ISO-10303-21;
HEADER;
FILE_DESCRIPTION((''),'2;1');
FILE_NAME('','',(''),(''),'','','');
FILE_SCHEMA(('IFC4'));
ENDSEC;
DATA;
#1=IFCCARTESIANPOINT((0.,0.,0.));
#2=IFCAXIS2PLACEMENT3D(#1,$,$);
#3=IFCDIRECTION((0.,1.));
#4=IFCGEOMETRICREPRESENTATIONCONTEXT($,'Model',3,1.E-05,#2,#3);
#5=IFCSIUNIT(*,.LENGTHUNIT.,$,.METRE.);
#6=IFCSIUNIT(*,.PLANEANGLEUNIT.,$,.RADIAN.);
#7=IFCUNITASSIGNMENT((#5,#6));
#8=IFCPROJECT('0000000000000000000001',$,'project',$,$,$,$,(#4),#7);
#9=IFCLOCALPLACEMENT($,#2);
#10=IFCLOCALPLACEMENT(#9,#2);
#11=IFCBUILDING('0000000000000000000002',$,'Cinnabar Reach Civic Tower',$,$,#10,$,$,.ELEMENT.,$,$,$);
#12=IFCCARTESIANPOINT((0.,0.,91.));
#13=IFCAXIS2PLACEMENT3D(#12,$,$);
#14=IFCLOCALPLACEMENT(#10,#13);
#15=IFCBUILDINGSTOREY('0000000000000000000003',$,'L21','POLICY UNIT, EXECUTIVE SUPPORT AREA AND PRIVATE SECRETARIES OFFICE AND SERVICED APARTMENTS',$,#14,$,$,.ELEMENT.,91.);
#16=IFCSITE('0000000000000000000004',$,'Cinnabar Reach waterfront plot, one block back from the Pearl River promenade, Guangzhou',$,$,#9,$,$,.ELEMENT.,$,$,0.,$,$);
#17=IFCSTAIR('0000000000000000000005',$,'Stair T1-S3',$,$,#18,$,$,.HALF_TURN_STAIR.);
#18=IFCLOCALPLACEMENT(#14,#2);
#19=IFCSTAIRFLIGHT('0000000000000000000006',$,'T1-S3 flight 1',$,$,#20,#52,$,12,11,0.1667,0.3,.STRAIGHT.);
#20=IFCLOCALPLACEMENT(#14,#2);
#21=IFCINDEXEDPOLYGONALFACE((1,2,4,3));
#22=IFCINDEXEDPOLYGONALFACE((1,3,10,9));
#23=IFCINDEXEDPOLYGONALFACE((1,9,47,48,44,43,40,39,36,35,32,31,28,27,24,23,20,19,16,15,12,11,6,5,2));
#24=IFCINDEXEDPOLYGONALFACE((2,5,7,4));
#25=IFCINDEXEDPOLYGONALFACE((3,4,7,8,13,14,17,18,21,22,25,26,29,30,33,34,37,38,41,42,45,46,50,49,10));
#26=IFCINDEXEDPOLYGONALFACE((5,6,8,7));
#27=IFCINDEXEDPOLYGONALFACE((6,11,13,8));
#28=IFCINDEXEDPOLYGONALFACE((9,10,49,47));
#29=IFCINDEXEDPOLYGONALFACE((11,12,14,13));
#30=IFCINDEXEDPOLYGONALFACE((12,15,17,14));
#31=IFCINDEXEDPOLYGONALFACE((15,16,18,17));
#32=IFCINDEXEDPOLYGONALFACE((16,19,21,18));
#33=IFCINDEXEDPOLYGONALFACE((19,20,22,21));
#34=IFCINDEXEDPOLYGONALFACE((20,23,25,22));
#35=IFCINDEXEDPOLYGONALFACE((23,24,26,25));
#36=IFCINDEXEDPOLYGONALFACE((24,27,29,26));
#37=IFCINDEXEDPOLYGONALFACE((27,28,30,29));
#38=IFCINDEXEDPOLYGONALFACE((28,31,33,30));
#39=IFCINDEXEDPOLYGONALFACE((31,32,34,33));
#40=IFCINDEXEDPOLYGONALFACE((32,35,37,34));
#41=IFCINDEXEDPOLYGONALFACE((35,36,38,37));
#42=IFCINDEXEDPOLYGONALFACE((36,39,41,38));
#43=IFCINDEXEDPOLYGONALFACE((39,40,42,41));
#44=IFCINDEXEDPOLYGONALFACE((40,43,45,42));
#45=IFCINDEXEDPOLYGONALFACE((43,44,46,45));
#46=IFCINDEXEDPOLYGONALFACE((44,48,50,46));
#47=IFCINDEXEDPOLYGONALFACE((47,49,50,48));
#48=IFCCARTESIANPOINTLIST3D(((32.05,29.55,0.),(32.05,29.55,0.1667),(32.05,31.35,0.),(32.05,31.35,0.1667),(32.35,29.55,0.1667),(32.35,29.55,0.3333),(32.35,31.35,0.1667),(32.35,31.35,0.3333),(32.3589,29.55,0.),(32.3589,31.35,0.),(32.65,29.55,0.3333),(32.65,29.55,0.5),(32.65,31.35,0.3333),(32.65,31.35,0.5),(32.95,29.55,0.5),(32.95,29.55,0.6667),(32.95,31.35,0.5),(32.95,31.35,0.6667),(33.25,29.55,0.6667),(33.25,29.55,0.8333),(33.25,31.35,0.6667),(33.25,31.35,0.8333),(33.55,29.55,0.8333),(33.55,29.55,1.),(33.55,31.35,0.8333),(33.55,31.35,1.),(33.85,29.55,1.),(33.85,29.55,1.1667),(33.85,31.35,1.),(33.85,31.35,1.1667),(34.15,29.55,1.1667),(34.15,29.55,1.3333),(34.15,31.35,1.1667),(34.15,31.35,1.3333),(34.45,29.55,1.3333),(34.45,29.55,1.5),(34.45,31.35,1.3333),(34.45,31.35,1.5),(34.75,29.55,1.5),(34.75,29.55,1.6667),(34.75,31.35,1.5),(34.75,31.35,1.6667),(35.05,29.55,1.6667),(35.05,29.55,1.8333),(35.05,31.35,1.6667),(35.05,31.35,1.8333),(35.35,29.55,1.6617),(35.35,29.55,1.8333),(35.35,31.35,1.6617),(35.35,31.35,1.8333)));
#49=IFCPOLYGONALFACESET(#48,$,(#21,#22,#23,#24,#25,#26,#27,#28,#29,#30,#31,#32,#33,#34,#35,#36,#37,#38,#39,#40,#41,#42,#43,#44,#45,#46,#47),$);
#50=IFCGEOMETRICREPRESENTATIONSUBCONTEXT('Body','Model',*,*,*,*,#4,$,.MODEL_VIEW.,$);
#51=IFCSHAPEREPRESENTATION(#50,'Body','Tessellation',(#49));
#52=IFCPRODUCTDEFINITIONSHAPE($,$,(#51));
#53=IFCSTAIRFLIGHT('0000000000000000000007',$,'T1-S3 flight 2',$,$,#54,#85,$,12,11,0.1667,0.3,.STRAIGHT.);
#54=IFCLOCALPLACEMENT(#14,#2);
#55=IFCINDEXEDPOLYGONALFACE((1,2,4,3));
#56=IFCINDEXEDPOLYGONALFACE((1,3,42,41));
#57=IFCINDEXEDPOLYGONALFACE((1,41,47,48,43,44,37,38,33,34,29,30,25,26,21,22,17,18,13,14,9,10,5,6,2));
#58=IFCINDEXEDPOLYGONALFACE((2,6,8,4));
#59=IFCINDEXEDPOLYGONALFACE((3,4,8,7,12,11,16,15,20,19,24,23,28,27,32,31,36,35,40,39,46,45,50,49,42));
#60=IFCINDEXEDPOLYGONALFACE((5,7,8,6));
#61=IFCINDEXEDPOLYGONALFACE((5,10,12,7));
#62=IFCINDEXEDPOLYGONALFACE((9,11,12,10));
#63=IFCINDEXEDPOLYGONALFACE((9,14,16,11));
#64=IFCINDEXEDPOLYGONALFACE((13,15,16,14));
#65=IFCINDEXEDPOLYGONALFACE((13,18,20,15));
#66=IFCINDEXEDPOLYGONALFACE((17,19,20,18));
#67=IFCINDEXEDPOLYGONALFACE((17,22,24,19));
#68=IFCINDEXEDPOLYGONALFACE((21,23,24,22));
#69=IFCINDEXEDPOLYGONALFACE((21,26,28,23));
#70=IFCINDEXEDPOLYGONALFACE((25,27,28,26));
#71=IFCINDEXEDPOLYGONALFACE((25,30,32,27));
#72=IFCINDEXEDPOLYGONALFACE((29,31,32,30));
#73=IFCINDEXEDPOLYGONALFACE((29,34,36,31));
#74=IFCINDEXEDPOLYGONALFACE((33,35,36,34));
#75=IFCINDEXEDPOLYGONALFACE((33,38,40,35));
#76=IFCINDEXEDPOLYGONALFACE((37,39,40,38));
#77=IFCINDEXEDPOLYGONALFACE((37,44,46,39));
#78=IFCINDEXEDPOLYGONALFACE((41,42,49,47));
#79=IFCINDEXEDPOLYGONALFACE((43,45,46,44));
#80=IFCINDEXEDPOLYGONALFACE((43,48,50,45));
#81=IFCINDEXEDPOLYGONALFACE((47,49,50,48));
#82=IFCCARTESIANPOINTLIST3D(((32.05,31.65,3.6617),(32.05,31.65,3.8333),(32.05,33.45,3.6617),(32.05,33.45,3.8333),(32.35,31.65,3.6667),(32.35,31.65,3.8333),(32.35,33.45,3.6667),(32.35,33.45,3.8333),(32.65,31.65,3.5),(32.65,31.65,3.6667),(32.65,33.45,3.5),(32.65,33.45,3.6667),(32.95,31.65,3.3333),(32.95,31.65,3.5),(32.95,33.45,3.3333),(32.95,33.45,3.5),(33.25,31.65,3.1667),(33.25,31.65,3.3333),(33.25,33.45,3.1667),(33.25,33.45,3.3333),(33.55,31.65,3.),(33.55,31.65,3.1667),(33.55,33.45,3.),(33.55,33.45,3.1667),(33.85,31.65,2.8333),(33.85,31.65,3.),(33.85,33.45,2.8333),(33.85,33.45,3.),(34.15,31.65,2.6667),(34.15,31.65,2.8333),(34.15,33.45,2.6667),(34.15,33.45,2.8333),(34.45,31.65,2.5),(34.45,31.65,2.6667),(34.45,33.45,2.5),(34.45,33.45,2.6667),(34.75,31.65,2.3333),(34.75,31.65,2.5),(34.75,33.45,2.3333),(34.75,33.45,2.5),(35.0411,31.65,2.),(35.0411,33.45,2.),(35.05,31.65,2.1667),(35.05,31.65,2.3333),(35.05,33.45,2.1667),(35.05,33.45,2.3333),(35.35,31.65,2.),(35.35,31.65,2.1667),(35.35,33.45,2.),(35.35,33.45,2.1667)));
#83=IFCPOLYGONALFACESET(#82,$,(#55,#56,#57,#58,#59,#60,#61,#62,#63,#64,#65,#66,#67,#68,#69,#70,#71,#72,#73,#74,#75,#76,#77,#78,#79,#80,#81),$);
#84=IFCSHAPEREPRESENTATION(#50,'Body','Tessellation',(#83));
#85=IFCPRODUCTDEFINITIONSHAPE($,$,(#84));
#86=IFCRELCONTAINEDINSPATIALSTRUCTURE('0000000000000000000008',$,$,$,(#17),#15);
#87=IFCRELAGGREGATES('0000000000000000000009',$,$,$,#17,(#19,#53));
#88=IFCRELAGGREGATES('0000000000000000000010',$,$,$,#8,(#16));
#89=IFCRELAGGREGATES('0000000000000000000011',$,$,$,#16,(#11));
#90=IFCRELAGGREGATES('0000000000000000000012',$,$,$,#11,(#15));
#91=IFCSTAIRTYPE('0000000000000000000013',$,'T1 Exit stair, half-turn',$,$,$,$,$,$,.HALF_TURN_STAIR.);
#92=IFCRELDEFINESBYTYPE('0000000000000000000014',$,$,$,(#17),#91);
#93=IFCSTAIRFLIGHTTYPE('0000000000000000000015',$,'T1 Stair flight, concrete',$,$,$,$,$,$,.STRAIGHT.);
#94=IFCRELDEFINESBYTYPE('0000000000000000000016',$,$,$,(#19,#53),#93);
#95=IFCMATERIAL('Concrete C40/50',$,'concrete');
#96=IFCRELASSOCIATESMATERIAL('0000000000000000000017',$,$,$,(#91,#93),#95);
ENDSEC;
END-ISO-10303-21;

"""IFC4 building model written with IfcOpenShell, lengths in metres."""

from ifc_helpers import new_model, si_unit, direction, frame, origin, place, context, subcontext, project, spatial, polyline, outline, extrude, material, type_object, element, aggregate, save


model = new_model("IFC4")

# Units and contexts
model_context = context("Model", 3, precision=1e-05, world=origin(), true_north=direction((0.0, 1.0)))
body_context = subcontext(model_context, "Body", "Model", "MODEL_VIEW")
ifc_project = project(units=[si_unit("LENGTHUNIT", "METRE"), si_unit("PLANEANGLEUNIT", "RADIAN")], contexts=[model_context])

# Site, building, storey
site_placement = place(None, origin())
site = spatial("IfcSite", under=ifc_project, at=site_placement, Name="Cinnabar Reach waterfront plot, one block back from the Pearl River promenade, Guangzhou", CompositionType="ELEMENT", RefElevation=0.0)
building_placement = place(site_placement, origin())
building = spatial("IfcBuilding", under=site, at=building_placement, Name="Cinnabar Reach Civic Tower", CompositionType="ELEMENT")
storey_placement = place(building_placement, frame((0.0, 0.0, 91.0)))
storey = spatial("IfcBuildingStorey", under=building, at=storey_placement, Name="L21", Description="POLICY UNIT, EXECUTIVE SUPPORT AREA AND PRIVATE SECRETARIES OFFICE AND SERVICED APARTMENTS", CompositionType="ELEMENT", Elevation=91.0)

# Stair, stair flights
ifc_material_1 = material(Name="Concrete C40/50", Category="concrete")
stair_type = type_object("IfcStairType", Name="T1 Exit stair, half-turn", PredefinedType="HALF_TURN_STAIR", material=ifc_material_1)
stair_placement = place(storey_placement, origin())
stair = element("IfcStair", 1, at=stair_placement, inside=storey, type_object=stair_type, Name="Stair T1-S3", PredefinedType="HALF_TURN_STAIR")
stair_flight_type = type_object("IfcStairFlightType", Name="T1 Stair flight, concrete", PredefinedType="STRAIGHT", material=ifc_material_1)
stair_flight_1_placement = place(storey_placement, frame((32.05, 30.45, 0.0), z_axis=(0.0, 0.0, 1.0), x_axis=(1.0, 0.0, 0.0)))
stair_flight_1 = element("IfcStairFlight", 2, at=stair_flight_1_placement, type_object=stair_flight_type, Name="T1-S3 flight 1", NumberOfRisers=12, NumberOfTreads=11, PredefinedType="STRAIGHT", RiserHeight=0.1667, TreadLength=0.3, context=body_context, shape_type="SweptSolid", body=[
    extrude(outline(polyline([(0.0, 0.0), (0.0, 0.1667), (0.3, 0.1667), (0.3, 0.3333), (0.6, 0.3333), (0.6, 0.5), (0.9, 0.5), (0.9, 0.6667), (1.2, 0.6667), (1.2, 0.8333), (1.5, 0.8333), (1.5, 1.0), (1.8, 1.0), (1.8, 1.1667), (2.1, 1.1667), (2.1, 1.3333), (2.4, 1.3333), (2.4, 1.5), (2.7, 1.5), (2.7, 1.6667), (3.0, 1.6667), (3.0, 1.8333), (3.3, 1.8333), (3.3, 2.0), (3.3, 1.6617), (0.3089, 0.0), (0.0, 0.0)])), frame((0.0, 0.9, 0.0), z_axis=(0.0, -1.0, 0.0), x_axis=(1.0, 0.0, 0.0)), (0.0, 0.0, 1.0), 1.8),
])
stair_flight_2_placement = place(storey_placement, frame((35.35, 32.55, 2.0), z_axis=(0.0, 0.0, 1.0), x_axis=(-1.0, 0.0, 0.0)))
stair_flight_2 = element("IfcStairFlight", 3, at=stair_flight_2_placement, type_object=stair_flight_type, Name="T1-S3 flight 2", NumberOfRisers=12, NumberOfTreads=11, PredefinedType="STRAIGHT", RiserHeight=0.1667, TreadLength=0.3, context=body_context, shape_type="SweptSolid", body=[
    extrude(outline(polyline([(0.0, 0.0), (0.0, 0.1667), (0.3, 0.1667), (0.3, 0.3333), (0.6, 0.3333), (0.6, 0.5), (0.9, 0.5), (0.9, 0.6667), (1.2, 0.6667), (1.2, 0.8333), (1.5, 0.8333), (1.5, 1.0), (1.8, 1.0), (1.8, 1.1667), (2.1, 1.1667), (2.1, 1.3333), (2.4, 1.3333), (2.4, 1.5), (2.7, 1.5), (2.7, 1.6667), (3.0, 1.6667), (3.0, 1.8333), (3.3, 1.8333), (3.3, 2.0), (3.3, 1.6617), (0.3089, 0.0), (0.0, 0.0)])), frame((0.0, 0.9, 0.0), z_axis=(0.0, -1.0, 0.0), x_axis=(1.0, 0.0, 0.0)), (0.0, 0.0, 1.0), 1.8),
])
aggregate(stair, [stair_flight_1, stair_flight_2])

save(model, "model.ifc")
